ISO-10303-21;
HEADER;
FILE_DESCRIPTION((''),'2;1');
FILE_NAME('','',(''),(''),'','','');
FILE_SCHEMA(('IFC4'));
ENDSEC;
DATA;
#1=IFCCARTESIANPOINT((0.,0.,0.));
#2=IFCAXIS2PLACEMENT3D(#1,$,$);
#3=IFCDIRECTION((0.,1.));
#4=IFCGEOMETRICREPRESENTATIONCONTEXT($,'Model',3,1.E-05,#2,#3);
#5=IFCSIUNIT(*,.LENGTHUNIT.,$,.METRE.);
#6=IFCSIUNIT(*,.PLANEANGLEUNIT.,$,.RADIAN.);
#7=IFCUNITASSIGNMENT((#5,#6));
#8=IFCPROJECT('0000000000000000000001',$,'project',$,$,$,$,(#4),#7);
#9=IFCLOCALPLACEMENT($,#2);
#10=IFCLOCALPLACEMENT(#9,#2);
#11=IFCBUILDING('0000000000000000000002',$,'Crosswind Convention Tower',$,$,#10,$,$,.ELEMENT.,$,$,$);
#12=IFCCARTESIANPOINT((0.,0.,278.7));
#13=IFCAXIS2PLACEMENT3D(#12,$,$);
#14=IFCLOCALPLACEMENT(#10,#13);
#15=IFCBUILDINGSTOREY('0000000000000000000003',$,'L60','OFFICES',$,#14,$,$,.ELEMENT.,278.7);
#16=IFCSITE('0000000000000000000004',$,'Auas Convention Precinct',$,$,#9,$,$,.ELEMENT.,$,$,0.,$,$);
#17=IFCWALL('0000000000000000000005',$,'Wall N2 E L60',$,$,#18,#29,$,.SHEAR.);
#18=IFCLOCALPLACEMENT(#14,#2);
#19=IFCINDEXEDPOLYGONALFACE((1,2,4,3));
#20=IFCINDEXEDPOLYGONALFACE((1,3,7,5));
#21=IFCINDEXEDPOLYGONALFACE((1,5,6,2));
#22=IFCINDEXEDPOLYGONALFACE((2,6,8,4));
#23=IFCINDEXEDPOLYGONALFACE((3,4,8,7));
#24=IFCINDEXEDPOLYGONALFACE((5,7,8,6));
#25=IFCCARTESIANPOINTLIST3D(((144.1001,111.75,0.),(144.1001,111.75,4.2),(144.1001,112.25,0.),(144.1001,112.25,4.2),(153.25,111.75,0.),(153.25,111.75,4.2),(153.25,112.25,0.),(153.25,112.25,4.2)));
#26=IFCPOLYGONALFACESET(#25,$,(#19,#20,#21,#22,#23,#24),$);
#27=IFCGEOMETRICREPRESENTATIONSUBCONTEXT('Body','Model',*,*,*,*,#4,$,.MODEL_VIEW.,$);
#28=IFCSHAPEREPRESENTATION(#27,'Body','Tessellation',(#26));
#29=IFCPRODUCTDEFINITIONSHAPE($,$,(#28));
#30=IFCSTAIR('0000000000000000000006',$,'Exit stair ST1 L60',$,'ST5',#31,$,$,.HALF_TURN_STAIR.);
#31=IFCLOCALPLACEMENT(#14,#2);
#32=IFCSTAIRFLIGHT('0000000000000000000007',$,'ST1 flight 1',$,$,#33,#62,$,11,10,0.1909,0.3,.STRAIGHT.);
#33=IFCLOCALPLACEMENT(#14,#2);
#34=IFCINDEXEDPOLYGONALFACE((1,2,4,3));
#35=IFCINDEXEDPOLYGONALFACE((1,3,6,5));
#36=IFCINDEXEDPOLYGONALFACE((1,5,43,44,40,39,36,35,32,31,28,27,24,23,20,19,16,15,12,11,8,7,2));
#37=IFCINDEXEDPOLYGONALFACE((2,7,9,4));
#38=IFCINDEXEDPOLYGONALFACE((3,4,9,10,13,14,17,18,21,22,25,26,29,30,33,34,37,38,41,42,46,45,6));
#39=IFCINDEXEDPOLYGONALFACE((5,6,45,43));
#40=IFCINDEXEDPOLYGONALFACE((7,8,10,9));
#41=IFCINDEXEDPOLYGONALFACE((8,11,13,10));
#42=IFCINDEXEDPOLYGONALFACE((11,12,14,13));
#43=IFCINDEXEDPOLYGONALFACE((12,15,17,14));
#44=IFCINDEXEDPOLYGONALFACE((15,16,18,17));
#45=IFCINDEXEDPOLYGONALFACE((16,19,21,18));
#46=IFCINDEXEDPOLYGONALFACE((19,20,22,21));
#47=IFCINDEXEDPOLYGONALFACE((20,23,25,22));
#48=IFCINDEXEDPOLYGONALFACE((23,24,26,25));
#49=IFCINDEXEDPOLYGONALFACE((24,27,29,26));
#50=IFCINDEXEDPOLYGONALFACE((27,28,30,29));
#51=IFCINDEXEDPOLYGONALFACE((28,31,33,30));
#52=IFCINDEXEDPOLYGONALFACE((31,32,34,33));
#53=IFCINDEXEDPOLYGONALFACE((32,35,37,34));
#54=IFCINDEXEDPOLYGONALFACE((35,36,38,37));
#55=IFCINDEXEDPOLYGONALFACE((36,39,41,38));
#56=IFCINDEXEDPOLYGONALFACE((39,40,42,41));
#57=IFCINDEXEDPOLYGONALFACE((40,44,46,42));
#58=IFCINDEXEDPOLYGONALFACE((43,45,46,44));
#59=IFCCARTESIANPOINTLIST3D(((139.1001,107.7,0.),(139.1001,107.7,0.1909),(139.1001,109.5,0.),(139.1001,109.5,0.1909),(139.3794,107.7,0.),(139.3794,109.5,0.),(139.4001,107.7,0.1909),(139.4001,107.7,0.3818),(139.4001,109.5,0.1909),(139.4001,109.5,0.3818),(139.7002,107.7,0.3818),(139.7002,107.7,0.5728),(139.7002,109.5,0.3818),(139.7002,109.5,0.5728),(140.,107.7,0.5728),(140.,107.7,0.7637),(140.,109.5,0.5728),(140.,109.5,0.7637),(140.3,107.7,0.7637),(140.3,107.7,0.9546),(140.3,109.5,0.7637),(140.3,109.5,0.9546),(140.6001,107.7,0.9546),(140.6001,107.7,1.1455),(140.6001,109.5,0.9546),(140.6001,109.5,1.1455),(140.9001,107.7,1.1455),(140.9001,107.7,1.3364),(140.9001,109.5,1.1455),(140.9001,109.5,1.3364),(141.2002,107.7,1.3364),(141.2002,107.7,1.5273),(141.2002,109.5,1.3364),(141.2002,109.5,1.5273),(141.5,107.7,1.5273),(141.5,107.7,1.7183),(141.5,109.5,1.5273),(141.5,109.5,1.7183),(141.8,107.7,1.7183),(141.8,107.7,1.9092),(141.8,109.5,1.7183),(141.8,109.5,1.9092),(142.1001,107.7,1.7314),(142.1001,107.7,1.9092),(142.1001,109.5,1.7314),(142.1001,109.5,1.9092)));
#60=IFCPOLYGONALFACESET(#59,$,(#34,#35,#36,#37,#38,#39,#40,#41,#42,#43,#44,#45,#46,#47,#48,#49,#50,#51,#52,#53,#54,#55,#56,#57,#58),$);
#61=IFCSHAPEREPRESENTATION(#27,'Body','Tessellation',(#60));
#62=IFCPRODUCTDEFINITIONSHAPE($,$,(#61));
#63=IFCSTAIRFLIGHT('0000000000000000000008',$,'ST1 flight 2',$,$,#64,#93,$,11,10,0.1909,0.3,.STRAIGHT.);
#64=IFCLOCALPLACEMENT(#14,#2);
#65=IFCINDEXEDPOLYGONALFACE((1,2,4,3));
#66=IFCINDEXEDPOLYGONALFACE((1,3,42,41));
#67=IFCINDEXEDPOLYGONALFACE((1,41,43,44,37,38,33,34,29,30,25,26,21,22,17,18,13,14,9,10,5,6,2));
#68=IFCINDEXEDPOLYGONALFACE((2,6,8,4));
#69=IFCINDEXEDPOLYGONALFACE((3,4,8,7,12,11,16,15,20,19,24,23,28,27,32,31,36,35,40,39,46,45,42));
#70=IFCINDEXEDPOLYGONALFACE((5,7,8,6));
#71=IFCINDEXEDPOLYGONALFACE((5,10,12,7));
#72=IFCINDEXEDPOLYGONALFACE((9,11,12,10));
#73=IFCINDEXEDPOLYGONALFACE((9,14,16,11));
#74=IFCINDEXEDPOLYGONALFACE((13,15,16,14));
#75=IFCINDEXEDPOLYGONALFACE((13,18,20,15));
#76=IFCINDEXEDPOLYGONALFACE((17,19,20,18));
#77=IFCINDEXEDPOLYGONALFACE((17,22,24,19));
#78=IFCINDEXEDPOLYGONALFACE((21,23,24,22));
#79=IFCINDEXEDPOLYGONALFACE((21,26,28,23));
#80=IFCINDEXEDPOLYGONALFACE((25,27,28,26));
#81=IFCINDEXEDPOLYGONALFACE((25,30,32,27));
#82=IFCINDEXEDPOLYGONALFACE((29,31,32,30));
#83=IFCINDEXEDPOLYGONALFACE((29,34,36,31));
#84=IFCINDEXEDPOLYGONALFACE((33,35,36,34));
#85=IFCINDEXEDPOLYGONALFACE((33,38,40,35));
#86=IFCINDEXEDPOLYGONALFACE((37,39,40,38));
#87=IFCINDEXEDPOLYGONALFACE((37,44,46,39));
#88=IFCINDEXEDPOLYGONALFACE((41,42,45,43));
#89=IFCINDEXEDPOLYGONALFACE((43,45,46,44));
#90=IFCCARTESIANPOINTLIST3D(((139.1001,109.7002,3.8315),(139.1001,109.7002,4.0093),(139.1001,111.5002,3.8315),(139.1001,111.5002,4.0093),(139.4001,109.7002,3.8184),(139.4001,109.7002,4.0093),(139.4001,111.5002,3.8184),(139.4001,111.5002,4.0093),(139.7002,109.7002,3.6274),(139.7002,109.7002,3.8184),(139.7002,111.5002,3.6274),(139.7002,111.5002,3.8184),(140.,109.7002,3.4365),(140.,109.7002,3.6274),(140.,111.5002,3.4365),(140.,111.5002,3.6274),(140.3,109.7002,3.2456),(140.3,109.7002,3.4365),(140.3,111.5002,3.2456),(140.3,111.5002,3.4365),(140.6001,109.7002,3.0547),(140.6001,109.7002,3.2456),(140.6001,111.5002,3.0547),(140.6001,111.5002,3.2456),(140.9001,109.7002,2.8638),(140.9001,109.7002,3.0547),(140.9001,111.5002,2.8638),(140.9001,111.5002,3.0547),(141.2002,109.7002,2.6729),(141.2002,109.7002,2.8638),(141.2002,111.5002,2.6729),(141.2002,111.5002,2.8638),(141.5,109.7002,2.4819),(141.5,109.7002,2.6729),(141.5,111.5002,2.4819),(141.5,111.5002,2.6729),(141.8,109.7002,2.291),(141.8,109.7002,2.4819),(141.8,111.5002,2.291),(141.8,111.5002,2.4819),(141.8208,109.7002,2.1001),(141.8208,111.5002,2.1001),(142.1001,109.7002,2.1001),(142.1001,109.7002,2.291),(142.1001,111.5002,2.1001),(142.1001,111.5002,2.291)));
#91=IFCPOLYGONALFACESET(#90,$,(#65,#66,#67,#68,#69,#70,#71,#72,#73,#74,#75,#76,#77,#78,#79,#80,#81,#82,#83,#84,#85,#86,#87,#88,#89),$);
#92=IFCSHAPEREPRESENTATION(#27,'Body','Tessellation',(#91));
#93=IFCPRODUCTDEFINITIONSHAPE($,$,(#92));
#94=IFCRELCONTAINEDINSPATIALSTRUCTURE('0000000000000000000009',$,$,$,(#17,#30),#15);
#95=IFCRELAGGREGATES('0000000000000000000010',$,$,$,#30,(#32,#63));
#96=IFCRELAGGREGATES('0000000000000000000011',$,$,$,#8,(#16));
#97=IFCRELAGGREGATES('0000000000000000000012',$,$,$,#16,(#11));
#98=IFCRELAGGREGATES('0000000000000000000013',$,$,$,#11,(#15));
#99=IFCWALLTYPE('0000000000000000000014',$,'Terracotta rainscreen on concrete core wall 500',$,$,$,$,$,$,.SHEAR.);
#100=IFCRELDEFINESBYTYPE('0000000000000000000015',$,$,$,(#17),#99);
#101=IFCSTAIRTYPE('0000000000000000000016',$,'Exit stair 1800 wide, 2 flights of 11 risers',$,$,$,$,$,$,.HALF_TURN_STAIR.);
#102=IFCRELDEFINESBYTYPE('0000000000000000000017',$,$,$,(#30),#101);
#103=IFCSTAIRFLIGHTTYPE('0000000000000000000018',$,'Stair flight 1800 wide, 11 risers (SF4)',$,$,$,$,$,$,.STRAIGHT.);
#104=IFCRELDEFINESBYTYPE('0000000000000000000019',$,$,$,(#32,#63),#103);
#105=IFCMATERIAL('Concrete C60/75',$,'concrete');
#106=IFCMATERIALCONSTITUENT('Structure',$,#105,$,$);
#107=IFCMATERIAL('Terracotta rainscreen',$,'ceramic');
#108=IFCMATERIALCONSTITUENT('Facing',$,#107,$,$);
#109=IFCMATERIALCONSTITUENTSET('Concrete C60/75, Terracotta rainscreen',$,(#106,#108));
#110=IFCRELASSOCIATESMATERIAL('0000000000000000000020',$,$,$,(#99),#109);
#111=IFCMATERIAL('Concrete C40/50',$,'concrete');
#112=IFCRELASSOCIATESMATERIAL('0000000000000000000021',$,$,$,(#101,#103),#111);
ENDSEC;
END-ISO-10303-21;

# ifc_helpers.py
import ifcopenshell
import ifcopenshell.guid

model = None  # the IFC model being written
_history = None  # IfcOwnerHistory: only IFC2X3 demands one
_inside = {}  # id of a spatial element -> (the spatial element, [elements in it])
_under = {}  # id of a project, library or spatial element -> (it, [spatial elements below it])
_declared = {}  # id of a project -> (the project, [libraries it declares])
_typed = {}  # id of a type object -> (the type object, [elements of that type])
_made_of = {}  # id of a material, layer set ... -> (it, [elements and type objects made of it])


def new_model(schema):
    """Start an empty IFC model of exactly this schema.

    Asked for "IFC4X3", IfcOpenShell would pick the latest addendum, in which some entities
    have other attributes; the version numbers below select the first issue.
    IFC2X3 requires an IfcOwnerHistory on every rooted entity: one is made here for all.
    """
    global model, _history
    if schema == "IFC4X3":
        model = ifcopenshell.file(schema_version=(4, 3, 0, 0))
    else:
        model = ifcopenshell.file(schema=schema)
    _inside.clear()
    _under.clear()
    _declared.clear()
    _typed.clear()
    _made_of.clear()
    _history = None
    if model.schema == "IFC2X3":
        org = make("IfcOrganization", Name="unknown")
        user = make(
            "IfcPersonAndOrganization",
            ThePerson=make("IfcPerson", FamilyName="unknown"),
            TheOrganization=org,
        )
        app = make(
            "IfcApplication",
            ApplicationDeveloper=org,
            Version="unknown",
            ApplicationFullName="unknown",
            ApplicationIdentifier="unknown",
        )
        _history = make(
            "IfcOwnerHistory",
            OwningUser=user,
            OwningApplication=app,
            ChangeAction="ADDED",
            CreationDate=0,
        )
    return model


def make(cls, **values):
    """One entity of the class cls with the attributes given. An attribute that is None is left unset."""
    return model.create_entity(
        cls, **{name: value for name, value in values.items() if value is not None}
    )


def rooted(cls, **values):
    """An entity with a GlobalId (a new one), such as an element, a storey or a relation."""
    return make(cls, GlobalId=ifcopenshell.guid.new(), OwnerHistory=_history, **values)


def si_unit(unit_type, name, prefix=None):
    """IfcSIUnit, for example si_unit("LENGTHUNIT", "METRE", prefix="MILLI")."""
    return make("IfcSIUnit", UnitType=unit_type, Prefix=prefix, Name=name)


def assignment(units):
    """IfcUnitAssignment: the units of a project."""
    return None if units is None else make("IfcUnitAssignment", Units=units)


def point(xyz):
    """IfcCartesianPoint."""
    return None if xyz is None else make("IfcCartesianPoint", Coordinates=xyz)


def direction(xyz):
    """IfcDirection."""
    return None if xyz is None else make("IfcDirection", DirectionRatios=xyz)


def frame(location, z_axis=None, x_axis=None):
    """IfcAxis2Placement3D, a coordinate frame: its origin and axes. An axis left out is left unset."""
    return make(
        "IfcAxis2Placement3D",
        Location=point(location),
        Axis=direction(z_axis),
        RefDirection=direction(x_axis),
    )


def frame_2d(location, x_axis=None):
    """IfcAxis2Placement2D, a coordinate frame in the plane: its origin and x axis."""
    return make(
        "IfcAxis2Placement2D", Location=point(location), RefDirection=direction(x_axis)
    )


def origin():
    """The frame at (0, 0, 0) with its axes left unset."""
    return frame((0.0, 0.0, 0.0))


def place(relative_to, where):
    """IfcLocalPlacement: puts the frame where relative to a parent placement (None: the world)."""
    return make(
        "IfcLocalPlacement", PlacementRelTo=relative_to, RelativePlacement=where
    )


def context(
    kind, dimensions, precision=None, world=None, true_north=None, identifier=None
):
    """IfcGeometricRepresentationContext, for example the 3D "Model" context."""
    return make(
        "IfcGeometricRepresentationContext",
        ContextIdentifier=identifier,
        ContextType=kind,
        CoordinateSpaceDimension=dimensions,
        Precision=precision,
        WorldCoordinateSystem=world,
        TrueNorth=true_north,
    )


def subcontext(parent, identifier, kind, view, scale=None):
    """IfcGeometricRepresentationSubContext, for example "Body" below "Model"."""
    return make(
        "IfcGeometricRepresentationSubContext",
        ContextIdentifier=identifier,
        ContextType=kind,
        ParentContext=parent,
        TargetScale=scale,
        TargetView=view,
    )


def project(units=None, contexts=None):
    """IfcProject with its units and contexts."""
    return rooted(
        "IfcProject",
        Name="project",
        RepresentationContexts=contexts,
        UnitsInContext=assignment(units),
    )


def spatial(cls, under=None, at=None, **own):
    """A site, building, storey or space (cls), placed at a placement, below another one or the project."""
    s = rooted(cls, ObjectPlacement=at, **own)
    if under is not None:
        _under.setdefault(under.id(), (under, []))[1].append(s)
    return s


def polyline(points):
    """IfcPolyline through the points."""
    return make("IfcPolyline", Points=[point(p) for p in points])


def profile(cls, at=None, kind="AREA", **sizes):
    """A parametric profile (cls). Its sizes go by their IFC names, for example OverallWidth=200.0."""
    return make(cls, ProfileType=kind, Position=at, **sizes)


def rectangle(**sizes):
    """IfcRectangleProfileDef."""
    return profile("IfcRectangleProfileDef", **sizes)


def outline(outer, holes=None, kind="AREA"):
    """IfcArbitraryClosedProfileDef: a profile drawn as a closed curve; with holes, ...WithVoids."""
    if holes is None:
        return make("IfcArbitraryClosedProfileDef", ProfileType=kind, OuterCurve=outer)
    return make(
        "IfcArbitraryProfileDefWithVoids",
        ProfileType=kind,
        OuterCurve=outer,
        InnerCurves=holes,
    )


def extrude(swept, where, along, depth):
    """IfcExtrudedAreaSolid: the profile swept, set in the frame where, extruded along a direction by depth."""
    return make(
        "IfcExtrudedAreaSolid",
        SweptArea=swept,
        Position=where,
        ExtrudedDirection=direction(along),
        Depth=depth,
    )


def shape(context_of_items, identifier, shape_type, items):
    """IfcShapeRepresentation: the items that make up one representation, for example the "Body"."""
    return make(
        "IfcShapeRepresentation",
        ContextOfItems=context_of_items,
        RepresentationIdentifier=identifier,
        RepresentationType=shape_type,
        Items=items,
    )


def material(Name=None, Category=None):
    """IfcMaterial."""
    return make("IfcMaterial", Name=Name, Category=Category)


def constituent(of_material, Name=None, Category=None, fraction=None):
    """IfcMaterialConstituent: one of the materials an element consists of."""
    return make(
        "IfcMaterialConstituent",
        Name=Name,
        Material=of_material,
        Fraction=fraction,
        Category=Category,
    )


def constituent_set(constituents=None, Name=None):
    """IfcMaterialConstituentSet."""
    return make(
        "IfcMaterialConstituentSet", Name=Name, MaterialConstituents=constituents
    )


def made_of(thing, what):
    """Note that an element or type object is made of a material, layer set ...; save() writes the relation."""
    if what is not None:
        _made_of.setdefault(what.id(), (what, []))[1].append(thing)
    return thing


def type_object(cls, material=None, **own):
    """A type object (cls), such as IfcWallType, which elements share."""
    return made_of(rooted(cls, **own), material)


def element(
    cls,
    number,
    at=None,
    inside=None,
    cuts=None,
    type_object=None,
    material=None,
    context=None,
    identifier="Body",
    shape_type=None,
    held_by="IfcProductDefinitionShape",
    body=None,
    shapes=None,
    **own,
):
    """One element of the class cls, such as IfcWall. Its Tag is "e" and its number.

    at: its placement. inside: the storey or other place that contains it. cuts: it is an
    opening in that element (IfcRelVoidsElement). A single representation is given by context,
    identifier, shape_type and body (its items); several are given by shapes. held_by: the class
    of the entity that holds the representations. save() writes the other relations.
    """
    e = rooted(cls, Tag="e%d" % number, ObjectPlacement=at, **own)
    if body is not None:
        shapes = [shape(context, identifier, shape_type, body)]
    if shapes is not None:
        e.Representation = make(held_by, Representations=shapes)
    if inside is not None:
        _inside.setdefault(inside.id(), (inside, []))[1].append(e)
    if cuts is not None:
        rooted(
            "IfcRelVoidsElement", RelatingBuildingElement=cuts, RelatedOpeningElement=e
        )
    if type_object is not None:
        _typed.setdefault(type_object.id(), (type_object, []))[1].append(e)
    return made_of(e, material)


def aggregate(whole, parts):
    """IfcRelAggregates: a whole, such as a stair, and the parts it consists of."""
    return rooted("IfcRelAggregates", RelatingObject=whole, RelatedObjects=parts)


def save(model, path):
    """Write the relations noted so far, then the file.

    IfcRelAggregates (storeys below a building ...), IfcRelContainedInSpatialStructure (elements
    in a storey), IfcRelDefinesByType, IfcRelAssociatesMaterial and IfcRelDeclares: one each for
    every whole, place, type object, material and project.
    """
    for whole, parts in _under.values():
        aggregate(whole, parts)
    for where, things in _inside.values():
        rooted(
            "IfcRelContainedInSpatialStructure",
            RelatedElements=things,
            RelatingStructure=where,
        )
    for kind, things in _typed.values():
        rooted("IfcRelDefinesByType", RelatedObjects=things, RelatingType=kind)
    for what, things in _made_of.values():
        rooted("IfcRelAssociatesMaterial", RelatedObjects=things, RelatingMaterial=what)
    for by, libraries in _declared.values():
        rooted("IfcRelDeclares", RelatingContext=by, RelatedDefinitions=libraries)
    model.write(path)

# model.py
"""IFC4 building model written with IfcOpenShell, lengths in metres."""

from ifc_helpers import new_model, si_unit, direction, frame, frame_2d, origin, place, context, subcontext, project, spatial, polyline, rectangle, outline, extrude, material, constituent, constituent_set, type_object, element, aggregate, save


model = new_model("IFC4")

# Units and contexts
model_context = context("Model", 3, precision=1e-05, world=origin(), true_north=direction((0.0, 1.0)))
body_context = subcontext(model_context, "Body", "Model", "MODEL_VIEW")
ifc_project = project(units=[si_unit("LENGTHUNIT", "METRE"), si_unit("PLANEANGLEUNIT", "RADIAN")], contexts=[model_context])

# Site, building, storey
site_placement = place(None, origin())
site = spatial("IfcSite", under=ifc_project, at=site_placement, Name="Auas Convention Precinct", CompositionType="ELEMENT", RefElevation=0.0)
building_placement = place(site_placement, origin())
building = spatial("IfcBuilding", under=site, at=building_placement, Name="Crosswind Convention Tower", CompositionType="ELEMENT")
storey_placement = place(building_placement, frame((0.0, 0.0, 278.7)))
storey = spatial("IfcBuildingStorey", under=building, at=storey_placement, Name="L60", Description="OFFICES", CompositionType="ELEMENT", Elevation=278.7)

# Wall
ifc_material_1 = material(Name="Concrete C60/75", Category="concrete")
ifc_constituent_1 = constituent(ifc_material_1, Name="Structure")
ifc_material_2 = material(Name="Terracotta rainscreen", Category="ceramic")
ifc_constituent_2 = constituent(ifc_material_2, Name="Facing")
ifc_constituent_set = constituent_set(constituents=[ifc_constituent_1, ifc_constituent_2], Name="Concrete C60/75, Terracotta rainscreen")
wall_type_1 = type_object("IfcWallType", Name="Terracotta rainscreen on concrete core wall 500", PredefinedType="SHEAR", material=ifc_constituent_set)
wall_1_placement = place(storey_placement, frame((144.1001, 112.0, 0.0), z_axis=(0.0, 0.0, 1.0), x_axis=(1.0, 0.0, 0.0)))
element("IfcWall", 1, at=wall_1_placement, inside=storey, type_object=wall_type_1, Name="Wall N2 E L60", PredefinedType="SHEAR", context=body_context, shape_type="SweptSolid", body=[
    extrude(rectangle(XDim=9.1499, YDim=0.5, at=frame_2d((4.575, 0.0))), origin(), (0.0, 0.0, 1.0), 4.2),
])

# Stair, stair flights
ifc_material_3 = material(Name="Concrete C40/50", Category="concrete")
stair_type = type_object("IfcStairType", Name="Exit stair 1800 wide, 2 flights of 11 risers", PredefinedType="HALF_TURN_STAIR", material=ifc_material_3)
stair_placement = place(storey_placement, origin())
stair = element("IfcStair", 2, at=stair_placement, inside=storey, type_object=stair_type, Name="Exit stair ST1 L60", ObjectType="ST5", PredefinedType="HALF_TURN_STAIR")
stair_flight_type = type_object("IfcStairFlightType", Name="Stair flight 1800 wide, 11 risers (SF4)", PredefinedType="STRAIGHT", material=ifc_material_3)
stair_flight_1_placement = place(storey_placement, frame((139.1001, 108.6001, 0.0), z_axis=(0.0, 0.0, 1.0), x_axis=(1.0, 0.0, 0.0)))
stair_flight_1 = element("IfcStairFlight", 3, at=stair_flight_1_placement, type_object=stair_flight_type, Name="ST1 flight 1", NumberOfRisers=11, NumberOfTreads=10, PredefinedType="STRAIGHT", RiserHeight=0.1909, TreadLength=0.3, context=body_context, shape_type="SweptSolid", body=[
    extrude(outline(polyline([(0.0, 0.0), (0.0, 0.1909), (0.3, 0.1909), (0.3, 0.3818), (0.6001, 0.3818), (0.6001, 0.5728), (0.8999, 0.5728), (0.8999, 0.7637), (1.2, 0.7637), (1.2, 0.9546), (1.5, 0.9546), (1.5, 1.1455), (1.8, 1.1455), (1.8, 1.3364), (2.1001, 1.3364), (2.1001, 1.5273), (2.3999, 1.5273), (2.3999, 1.7183), (2.7, 1.7183), (2.7, 1.9092), (3.0, 1.9092), (3.0, 2.1001), (3.0, 1.7314), (0.2793, 0.0), (0.0, 0.0)])), frame((0.0, 0.8999, 0.0), z_axis=(0.0, -1.0, 0.0), x_axis=(1.0, 0.0, 0.0)), (0.0, 0.0, 1.0), 1.8),
])
stair_flight_2_placement = place(storey_placement, frame((142.1001, 110.6001, 2.1001), z_axis=(0.0, 0.0, 1.0), x_axis=(-1.0, 0.0, 0.0)))
stair_flight_2 = element("IfcStairFlight", 4, at=stair_flight_2_placement, type_object=stair_flight_type, Name="ST1 flight 2", NumberOfRisers=11, NumberOfTreads=10, PredefinedType="STRAIGHT", RiserHeight=0.1909, TreadLength=0.3, context=body_context, shape_type="SweptSolid", body=[
    extrude(outline(polyline([(0.0, 0.0), (0.0, 0.1909), (0.3, 0.1909), (0.3, 0.3818), (0.6001, 0.3818), (0.6001, 0.5728), (0.8999, 0.5728), (0.8999, 0.7637), (1.2, 0.7637), (1.2, 0.9546), (1.5, 0.9546), (1.5, 1.1455), (1.8, 1.1455), (1.8, 1.3364), (2.1001, 1.3364), (2.1001, 1.5273), (2.3999, 1.5273), (2.3999, 1.7183), (2.7, 1.7183), (2.7, 1.9092), (3.0, 1.9092), (3.0, 2.1001), (3.0, 1.7314), (0.2793, 0.0), (0.0, 0.0)])), frame((0.0, 0.8999, 0.0), z_axis=(0.0, -1.0, 0.0), x_axis=(1.0, 0.0, 0.0)), (0.0, 0.0, 1.0), 1.8),
])
aggregate(stair, [stair_flight_1, stair_flight_2])

save(model, "model.ifc")
